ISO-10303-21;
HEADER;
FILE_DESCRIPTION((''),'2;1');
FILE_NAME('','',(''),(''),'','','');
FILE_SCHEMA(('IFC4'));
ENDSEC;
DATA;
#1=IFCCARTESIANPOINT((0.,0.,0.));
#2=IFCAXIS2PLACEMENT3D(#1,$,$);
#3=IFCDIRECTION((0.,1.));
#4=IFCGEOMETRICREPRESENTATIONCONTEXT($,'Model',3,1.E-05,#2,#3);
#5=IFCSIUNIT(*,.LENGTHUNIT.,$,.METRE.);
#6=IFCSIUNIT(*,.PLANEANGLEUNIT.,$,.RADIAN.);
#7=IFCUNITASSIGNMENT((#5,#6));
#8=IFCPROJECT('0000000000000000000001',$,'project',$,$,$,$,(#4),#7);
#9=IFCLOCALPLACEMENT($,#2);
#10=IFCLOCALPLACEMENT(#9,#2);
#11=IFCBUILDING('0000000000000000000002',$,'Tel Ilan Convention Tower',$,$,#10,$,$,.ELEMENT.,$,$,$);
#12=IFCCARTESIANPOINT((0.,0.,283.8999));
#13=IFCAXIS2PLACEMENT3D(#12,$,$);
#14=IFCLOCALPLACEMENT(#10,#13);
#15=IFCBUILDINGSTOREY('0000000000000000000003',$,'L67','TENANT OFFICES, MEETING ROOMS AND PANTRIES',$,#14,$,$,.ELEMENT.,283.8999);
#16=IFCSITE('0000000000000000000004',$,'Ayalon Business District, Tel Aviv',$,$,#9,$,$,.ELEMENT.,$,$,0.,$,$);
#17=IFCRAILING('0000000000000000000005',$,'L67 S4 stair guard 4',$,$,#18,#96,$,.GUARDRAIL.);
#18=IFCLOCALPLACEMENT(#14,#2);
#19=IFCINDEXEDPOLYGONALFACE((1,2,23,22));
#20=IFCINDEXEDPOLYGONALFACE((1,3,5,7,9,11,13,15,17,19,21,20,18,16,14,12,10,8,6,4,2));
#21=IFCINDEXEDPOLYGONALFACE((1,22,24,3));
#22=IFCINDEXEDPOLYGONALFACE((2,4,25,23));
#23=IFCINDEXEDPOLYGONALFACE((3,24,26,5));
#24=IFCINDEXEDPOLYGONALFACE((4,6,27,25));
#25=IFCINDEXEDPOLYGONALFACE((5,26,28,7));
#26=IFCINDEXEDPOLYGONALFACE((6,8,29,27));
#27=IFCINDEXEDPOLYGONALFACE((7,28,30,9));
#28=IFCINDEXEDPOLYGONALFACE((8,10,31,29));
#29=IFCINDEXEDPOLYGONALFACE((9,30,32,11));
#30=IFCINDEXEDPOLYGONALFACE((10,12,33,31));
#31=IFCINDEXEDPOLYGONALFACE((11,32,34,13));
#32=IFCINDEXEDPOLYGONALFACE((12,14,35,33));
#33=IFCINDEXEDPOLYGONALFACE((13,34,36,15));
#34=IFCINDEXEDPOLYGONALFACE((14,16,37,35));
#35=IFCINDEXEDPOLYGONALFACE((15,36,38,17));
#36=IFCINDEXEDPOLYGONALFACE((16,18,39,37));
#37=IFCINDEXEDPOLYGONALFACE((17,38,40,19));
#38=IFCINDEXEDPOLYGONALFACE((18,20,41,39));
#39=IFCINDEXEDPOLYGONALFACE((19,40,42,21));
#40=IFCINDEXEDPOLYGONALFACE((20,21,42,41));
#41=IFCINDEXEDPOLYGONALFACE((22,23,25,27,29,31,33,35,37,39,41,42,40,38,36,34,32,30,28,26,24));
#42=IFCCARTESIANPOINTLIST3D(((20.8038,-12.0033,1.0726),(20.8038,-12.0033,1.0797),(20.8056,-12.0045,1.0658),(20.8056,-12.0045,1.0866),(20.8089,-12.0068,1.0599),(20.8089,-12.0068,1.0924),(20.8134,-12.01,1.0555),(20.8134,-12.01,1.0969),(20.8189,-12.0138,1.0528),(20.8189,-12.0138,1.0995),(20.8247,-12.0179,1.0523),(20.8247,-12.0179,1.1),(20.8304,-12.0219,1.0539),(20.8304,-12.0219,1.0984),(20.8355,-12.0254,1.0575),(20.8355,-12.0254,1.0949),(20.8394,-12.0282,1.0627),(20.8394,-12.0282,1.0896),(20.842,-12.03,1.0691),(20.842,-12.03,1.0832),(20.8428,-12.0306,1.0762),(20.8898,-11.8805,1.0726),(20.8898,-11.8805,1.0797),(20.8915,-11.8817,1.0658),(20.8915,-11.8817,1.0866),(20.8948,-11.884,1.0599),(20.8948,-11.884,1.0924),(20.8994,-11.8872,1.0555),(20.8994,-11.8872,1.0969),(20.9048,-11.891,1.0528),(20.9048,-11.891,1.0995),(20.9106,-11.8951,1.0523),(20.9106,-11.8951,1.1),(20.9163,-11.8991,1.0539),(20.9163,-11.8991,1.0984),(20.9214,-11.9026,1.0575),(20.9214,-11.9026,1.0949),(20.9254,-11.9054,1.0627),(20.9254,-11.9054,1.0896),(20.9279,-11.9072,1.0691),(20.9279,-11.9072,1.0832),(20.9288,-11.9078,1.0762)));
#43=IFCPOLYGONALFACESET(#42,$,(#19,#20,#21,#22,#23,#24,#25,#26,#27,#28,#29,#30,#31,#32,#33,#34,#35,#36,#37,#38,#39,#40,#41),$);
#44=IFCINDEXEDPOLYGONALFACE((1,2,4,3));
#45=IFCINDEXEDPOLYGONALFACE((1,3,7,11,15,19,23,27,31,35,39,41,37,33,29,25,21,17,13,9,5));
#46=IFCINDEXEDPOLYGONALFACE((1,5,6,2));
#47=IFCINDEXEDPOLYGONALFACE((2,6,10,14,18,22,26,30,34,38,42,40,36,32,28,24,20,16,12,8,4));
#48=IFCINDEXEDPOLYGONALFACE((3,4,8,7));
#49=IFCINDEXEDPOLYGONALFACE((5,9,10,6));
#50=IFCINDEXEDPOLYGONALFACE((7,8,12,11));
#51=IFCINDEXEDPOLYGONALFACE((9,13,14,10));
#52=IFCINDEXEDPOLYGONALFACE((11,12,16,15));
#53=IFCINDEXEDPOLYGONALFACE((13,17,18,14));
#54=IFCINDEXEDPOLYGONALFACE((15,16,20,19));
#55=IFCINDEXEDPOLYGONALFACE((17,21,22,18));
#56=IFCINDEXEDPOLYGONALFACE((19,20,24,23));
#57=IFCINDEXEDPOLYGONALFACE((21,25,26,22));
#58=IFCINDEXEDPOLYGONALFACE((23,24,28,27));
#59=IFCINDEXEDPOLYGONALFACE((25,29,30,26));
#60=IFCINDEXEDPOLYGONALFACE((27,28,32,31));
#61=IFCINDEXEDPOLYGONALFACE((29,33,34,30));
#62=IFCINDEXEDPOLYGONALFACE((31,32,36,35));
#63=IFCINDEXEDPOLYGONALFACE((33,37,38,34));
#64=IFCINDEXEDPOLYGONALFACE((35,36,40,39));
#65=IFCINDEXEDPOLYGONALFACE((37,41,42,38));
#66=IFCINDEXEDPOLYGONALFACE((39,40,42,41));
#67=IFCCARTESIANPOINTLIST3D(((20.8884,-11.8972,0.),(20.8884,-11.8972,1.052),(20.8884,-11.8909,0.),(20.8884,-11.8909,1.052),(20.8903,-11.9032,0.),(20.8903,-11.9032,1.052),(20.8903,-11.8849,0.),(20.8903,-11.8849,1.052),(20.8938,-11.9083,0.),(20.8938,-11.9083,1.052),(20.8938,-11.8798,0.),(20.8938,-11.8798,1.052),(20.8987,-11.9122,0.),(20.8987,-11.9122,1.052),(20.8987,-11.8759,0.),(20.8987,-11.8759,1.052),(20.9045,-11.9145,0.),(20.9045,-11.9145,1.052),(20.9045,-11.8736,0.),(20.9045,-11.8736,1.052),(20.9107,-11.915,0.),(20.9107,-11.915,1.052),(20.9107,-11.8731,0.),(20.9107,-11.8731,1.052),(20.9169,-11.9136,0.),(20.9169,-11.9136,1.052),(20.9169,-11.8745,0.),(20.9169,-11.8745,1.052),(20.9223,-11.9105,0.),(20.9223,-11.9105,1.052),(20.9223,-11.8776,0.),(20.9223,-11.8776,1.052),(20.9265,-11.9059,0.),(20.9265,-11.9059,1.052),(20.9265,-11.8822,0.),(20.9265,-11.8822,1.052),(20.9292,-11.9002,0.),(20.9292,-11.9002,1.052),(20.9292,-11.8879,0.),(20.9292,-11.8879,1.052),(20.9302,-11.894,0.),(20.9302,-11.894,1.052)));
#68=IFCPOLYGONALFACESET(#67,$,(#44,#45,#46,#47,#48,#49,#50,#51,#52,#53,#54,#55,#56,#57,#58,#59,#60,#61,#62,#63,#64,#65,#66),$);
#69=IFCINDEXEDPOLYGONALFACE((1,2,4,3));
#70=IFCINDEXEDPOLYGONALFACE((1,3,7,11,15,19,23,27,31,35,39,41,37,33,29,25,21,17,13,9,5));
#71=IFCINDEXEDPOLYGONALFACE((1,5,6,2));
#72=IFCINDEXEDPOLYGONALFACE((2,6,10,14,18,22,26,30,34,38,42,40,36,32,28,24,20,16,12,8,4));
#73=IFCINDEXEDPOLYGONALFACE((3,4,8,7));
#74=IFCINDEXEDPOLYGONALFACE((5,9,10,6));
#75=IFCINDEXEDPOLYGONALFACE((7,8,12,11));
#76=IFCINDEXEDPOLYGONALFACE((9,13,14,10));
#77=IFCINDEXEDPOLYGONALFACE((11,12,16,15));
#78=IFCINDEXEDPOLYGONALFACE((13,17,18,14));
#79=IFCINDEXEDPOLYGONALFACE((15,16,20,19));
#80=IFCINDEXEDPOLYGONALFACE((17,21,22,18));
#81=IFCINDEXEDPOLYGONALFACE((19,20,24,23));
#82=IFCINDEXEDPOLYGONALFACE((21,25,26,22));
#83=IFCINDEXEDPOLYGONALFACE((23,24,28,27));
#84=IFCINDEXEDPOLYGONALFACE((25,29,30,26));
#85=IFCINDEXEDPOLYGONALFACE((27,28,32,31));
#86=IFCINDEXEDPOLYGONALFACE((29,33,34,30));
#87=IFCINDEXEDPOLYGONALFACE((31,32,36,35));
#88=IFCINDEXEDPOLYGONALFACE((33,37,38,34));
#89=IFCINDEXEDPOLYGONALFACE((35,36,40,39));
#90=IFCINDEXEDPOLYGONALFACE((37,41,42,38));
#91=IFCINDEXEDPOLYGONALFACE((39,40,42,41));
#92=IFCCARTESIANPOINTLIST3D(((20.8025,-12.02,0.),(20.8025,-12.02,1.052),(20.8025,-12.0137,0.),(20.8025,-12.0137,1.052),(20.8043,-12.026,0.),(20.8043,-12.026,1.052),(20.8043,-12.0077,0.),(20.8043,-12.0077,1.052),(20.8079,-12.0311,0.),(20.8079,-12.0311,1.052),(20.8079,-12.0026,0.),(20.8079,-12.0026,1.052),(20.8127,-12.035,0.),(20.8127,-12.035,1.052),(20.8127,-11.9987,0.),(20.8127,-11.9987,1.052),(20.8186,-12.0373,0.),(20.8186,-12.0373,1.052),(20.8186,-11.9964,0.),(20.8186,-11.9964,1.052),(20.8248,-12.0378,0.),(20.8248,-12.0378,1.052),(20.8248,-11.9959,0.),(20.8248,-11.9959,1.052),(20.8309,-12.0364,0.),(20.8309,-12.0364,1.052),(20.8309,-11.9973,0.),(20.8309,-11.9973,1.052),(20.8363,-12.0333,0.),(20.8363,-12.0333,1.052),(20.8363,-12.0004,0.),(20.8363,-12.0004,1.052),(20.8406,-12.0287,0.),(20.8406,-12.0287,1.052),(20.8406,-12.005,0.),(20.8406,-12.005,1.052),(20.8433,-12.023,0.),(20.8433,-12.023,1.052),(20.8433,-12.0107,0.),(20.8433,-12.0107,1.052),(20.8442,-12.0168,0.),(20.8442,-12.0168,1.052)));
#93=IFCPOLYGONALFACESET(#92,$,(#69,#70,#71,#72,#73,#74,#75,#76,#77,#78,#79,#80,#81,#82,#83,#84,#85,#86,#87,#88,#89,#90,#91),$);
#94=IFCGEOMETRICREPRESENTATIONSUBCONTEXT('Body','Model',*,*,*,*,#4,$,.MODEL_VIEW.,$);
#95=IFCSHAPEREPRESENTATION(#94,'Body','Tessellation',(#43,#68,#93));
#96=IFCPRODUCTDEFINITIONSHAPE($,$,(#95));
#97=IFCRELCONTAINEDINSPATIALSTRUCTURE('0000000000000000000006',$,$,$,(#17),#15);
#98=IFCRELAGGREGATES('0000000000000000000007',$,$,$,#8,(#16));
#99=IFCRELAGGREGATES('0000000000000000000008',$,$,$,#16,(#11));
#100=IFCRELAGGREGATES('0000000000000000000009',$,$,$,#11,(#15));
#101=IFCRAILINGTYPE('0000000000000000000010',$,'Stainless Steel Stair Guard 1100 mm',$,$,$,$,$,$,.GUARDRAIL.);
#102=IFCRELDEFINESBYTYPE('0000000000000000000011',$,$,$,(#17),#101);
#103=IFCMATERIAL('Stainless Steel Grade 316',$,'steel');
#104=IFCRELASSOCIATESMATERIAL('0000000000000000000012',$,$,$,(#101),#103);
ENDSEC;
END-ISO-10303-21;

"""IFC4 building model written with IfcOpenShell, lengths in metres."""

from ifc_helpers import new_model, si_unit, direction, frame, origin, origin_2d, place, context, subcontext, project, spatial, circle, extrude, material, type_object, element, save


model = new_model("IFC4")

# Units and contexts
model_context = context("Model", 3, precision=1e-05, world=origin(), true_north=direction((0.0, 1.0)))
body_context = subcontext(model_context, "Body", "Model", "MODEL_VIEW")
ifc_project = project(units=[si_unit("LENGTHUNIT", "METRE"), si_unit("PLANEANGLEUNIT", "RADIAN")], contexts=[model_context])

# Site, building, storey
site_placement = place(None, origin())
site = spatial("IfcSite", under=ifc_project, at=site_placement, Name="Ayalon Business District, Tel Aviv", CompositionType="ELEMENT", RefElevation=0.0)
building_placement = place(site_placement, origin())
building = spatial("IfcBuilding", under=site, at=building_placement, Name="Tel Ilan Convention Tower", CompositionType="ELEMENT")
storey_placement = place(building_placement, frame((0.0, 0.0, 283.8999)))
storey = spatial("IfcBuildingStorey", under=building, at=storey_placement, Name="L67", Description="TENANT OFFICES, MEETING ROOMS AND PANTRIES", CompositionType="ELEMENT", Elevation=283.8999)

# Railing
ifc_material_1 = material(Name="Stainless Steel Grade 316", Category="steel")
railing_type = type_object("IfcRailingType", Name="Stainless Steel Stair Guard 1100 mm", PredefinedType="GUARDRAIL", material=ifc_material_1)
railing_1_placement = place(storey_placement, frame((20.9092, -11.894, 0.0)))
element("IfcRailing", 1, at=railing_1_placement, inside=storey, type_object=railing_type, Name="L67 S4 stair guard 4", PredefinedType="GUARDRAIL", context=body_context, shape_type="SweptSolid", body=[
    extrude(circle(Radius=0.0239, at=origin_2d()), frame((0.0, 0.0, 1.0762), z_axis=(-0.573353, -0.819308, 0.0), x_axis=(0.819308, -0.573353, 0.0)), (0.0, 0.0, 1.0), 0.1499),
    extrude(circle(Radius=0.021, at=origin_2d()), origin(), (0.0, 0.0, 1.0), 1.052),
    extrude(circle(Radius=0.021, at=origin_2d()), frame((-0.0859, -0.1228, 0.0)), (0.0, 0.0, 1.0), 1.052),
])

save(model, "model.ifc")
